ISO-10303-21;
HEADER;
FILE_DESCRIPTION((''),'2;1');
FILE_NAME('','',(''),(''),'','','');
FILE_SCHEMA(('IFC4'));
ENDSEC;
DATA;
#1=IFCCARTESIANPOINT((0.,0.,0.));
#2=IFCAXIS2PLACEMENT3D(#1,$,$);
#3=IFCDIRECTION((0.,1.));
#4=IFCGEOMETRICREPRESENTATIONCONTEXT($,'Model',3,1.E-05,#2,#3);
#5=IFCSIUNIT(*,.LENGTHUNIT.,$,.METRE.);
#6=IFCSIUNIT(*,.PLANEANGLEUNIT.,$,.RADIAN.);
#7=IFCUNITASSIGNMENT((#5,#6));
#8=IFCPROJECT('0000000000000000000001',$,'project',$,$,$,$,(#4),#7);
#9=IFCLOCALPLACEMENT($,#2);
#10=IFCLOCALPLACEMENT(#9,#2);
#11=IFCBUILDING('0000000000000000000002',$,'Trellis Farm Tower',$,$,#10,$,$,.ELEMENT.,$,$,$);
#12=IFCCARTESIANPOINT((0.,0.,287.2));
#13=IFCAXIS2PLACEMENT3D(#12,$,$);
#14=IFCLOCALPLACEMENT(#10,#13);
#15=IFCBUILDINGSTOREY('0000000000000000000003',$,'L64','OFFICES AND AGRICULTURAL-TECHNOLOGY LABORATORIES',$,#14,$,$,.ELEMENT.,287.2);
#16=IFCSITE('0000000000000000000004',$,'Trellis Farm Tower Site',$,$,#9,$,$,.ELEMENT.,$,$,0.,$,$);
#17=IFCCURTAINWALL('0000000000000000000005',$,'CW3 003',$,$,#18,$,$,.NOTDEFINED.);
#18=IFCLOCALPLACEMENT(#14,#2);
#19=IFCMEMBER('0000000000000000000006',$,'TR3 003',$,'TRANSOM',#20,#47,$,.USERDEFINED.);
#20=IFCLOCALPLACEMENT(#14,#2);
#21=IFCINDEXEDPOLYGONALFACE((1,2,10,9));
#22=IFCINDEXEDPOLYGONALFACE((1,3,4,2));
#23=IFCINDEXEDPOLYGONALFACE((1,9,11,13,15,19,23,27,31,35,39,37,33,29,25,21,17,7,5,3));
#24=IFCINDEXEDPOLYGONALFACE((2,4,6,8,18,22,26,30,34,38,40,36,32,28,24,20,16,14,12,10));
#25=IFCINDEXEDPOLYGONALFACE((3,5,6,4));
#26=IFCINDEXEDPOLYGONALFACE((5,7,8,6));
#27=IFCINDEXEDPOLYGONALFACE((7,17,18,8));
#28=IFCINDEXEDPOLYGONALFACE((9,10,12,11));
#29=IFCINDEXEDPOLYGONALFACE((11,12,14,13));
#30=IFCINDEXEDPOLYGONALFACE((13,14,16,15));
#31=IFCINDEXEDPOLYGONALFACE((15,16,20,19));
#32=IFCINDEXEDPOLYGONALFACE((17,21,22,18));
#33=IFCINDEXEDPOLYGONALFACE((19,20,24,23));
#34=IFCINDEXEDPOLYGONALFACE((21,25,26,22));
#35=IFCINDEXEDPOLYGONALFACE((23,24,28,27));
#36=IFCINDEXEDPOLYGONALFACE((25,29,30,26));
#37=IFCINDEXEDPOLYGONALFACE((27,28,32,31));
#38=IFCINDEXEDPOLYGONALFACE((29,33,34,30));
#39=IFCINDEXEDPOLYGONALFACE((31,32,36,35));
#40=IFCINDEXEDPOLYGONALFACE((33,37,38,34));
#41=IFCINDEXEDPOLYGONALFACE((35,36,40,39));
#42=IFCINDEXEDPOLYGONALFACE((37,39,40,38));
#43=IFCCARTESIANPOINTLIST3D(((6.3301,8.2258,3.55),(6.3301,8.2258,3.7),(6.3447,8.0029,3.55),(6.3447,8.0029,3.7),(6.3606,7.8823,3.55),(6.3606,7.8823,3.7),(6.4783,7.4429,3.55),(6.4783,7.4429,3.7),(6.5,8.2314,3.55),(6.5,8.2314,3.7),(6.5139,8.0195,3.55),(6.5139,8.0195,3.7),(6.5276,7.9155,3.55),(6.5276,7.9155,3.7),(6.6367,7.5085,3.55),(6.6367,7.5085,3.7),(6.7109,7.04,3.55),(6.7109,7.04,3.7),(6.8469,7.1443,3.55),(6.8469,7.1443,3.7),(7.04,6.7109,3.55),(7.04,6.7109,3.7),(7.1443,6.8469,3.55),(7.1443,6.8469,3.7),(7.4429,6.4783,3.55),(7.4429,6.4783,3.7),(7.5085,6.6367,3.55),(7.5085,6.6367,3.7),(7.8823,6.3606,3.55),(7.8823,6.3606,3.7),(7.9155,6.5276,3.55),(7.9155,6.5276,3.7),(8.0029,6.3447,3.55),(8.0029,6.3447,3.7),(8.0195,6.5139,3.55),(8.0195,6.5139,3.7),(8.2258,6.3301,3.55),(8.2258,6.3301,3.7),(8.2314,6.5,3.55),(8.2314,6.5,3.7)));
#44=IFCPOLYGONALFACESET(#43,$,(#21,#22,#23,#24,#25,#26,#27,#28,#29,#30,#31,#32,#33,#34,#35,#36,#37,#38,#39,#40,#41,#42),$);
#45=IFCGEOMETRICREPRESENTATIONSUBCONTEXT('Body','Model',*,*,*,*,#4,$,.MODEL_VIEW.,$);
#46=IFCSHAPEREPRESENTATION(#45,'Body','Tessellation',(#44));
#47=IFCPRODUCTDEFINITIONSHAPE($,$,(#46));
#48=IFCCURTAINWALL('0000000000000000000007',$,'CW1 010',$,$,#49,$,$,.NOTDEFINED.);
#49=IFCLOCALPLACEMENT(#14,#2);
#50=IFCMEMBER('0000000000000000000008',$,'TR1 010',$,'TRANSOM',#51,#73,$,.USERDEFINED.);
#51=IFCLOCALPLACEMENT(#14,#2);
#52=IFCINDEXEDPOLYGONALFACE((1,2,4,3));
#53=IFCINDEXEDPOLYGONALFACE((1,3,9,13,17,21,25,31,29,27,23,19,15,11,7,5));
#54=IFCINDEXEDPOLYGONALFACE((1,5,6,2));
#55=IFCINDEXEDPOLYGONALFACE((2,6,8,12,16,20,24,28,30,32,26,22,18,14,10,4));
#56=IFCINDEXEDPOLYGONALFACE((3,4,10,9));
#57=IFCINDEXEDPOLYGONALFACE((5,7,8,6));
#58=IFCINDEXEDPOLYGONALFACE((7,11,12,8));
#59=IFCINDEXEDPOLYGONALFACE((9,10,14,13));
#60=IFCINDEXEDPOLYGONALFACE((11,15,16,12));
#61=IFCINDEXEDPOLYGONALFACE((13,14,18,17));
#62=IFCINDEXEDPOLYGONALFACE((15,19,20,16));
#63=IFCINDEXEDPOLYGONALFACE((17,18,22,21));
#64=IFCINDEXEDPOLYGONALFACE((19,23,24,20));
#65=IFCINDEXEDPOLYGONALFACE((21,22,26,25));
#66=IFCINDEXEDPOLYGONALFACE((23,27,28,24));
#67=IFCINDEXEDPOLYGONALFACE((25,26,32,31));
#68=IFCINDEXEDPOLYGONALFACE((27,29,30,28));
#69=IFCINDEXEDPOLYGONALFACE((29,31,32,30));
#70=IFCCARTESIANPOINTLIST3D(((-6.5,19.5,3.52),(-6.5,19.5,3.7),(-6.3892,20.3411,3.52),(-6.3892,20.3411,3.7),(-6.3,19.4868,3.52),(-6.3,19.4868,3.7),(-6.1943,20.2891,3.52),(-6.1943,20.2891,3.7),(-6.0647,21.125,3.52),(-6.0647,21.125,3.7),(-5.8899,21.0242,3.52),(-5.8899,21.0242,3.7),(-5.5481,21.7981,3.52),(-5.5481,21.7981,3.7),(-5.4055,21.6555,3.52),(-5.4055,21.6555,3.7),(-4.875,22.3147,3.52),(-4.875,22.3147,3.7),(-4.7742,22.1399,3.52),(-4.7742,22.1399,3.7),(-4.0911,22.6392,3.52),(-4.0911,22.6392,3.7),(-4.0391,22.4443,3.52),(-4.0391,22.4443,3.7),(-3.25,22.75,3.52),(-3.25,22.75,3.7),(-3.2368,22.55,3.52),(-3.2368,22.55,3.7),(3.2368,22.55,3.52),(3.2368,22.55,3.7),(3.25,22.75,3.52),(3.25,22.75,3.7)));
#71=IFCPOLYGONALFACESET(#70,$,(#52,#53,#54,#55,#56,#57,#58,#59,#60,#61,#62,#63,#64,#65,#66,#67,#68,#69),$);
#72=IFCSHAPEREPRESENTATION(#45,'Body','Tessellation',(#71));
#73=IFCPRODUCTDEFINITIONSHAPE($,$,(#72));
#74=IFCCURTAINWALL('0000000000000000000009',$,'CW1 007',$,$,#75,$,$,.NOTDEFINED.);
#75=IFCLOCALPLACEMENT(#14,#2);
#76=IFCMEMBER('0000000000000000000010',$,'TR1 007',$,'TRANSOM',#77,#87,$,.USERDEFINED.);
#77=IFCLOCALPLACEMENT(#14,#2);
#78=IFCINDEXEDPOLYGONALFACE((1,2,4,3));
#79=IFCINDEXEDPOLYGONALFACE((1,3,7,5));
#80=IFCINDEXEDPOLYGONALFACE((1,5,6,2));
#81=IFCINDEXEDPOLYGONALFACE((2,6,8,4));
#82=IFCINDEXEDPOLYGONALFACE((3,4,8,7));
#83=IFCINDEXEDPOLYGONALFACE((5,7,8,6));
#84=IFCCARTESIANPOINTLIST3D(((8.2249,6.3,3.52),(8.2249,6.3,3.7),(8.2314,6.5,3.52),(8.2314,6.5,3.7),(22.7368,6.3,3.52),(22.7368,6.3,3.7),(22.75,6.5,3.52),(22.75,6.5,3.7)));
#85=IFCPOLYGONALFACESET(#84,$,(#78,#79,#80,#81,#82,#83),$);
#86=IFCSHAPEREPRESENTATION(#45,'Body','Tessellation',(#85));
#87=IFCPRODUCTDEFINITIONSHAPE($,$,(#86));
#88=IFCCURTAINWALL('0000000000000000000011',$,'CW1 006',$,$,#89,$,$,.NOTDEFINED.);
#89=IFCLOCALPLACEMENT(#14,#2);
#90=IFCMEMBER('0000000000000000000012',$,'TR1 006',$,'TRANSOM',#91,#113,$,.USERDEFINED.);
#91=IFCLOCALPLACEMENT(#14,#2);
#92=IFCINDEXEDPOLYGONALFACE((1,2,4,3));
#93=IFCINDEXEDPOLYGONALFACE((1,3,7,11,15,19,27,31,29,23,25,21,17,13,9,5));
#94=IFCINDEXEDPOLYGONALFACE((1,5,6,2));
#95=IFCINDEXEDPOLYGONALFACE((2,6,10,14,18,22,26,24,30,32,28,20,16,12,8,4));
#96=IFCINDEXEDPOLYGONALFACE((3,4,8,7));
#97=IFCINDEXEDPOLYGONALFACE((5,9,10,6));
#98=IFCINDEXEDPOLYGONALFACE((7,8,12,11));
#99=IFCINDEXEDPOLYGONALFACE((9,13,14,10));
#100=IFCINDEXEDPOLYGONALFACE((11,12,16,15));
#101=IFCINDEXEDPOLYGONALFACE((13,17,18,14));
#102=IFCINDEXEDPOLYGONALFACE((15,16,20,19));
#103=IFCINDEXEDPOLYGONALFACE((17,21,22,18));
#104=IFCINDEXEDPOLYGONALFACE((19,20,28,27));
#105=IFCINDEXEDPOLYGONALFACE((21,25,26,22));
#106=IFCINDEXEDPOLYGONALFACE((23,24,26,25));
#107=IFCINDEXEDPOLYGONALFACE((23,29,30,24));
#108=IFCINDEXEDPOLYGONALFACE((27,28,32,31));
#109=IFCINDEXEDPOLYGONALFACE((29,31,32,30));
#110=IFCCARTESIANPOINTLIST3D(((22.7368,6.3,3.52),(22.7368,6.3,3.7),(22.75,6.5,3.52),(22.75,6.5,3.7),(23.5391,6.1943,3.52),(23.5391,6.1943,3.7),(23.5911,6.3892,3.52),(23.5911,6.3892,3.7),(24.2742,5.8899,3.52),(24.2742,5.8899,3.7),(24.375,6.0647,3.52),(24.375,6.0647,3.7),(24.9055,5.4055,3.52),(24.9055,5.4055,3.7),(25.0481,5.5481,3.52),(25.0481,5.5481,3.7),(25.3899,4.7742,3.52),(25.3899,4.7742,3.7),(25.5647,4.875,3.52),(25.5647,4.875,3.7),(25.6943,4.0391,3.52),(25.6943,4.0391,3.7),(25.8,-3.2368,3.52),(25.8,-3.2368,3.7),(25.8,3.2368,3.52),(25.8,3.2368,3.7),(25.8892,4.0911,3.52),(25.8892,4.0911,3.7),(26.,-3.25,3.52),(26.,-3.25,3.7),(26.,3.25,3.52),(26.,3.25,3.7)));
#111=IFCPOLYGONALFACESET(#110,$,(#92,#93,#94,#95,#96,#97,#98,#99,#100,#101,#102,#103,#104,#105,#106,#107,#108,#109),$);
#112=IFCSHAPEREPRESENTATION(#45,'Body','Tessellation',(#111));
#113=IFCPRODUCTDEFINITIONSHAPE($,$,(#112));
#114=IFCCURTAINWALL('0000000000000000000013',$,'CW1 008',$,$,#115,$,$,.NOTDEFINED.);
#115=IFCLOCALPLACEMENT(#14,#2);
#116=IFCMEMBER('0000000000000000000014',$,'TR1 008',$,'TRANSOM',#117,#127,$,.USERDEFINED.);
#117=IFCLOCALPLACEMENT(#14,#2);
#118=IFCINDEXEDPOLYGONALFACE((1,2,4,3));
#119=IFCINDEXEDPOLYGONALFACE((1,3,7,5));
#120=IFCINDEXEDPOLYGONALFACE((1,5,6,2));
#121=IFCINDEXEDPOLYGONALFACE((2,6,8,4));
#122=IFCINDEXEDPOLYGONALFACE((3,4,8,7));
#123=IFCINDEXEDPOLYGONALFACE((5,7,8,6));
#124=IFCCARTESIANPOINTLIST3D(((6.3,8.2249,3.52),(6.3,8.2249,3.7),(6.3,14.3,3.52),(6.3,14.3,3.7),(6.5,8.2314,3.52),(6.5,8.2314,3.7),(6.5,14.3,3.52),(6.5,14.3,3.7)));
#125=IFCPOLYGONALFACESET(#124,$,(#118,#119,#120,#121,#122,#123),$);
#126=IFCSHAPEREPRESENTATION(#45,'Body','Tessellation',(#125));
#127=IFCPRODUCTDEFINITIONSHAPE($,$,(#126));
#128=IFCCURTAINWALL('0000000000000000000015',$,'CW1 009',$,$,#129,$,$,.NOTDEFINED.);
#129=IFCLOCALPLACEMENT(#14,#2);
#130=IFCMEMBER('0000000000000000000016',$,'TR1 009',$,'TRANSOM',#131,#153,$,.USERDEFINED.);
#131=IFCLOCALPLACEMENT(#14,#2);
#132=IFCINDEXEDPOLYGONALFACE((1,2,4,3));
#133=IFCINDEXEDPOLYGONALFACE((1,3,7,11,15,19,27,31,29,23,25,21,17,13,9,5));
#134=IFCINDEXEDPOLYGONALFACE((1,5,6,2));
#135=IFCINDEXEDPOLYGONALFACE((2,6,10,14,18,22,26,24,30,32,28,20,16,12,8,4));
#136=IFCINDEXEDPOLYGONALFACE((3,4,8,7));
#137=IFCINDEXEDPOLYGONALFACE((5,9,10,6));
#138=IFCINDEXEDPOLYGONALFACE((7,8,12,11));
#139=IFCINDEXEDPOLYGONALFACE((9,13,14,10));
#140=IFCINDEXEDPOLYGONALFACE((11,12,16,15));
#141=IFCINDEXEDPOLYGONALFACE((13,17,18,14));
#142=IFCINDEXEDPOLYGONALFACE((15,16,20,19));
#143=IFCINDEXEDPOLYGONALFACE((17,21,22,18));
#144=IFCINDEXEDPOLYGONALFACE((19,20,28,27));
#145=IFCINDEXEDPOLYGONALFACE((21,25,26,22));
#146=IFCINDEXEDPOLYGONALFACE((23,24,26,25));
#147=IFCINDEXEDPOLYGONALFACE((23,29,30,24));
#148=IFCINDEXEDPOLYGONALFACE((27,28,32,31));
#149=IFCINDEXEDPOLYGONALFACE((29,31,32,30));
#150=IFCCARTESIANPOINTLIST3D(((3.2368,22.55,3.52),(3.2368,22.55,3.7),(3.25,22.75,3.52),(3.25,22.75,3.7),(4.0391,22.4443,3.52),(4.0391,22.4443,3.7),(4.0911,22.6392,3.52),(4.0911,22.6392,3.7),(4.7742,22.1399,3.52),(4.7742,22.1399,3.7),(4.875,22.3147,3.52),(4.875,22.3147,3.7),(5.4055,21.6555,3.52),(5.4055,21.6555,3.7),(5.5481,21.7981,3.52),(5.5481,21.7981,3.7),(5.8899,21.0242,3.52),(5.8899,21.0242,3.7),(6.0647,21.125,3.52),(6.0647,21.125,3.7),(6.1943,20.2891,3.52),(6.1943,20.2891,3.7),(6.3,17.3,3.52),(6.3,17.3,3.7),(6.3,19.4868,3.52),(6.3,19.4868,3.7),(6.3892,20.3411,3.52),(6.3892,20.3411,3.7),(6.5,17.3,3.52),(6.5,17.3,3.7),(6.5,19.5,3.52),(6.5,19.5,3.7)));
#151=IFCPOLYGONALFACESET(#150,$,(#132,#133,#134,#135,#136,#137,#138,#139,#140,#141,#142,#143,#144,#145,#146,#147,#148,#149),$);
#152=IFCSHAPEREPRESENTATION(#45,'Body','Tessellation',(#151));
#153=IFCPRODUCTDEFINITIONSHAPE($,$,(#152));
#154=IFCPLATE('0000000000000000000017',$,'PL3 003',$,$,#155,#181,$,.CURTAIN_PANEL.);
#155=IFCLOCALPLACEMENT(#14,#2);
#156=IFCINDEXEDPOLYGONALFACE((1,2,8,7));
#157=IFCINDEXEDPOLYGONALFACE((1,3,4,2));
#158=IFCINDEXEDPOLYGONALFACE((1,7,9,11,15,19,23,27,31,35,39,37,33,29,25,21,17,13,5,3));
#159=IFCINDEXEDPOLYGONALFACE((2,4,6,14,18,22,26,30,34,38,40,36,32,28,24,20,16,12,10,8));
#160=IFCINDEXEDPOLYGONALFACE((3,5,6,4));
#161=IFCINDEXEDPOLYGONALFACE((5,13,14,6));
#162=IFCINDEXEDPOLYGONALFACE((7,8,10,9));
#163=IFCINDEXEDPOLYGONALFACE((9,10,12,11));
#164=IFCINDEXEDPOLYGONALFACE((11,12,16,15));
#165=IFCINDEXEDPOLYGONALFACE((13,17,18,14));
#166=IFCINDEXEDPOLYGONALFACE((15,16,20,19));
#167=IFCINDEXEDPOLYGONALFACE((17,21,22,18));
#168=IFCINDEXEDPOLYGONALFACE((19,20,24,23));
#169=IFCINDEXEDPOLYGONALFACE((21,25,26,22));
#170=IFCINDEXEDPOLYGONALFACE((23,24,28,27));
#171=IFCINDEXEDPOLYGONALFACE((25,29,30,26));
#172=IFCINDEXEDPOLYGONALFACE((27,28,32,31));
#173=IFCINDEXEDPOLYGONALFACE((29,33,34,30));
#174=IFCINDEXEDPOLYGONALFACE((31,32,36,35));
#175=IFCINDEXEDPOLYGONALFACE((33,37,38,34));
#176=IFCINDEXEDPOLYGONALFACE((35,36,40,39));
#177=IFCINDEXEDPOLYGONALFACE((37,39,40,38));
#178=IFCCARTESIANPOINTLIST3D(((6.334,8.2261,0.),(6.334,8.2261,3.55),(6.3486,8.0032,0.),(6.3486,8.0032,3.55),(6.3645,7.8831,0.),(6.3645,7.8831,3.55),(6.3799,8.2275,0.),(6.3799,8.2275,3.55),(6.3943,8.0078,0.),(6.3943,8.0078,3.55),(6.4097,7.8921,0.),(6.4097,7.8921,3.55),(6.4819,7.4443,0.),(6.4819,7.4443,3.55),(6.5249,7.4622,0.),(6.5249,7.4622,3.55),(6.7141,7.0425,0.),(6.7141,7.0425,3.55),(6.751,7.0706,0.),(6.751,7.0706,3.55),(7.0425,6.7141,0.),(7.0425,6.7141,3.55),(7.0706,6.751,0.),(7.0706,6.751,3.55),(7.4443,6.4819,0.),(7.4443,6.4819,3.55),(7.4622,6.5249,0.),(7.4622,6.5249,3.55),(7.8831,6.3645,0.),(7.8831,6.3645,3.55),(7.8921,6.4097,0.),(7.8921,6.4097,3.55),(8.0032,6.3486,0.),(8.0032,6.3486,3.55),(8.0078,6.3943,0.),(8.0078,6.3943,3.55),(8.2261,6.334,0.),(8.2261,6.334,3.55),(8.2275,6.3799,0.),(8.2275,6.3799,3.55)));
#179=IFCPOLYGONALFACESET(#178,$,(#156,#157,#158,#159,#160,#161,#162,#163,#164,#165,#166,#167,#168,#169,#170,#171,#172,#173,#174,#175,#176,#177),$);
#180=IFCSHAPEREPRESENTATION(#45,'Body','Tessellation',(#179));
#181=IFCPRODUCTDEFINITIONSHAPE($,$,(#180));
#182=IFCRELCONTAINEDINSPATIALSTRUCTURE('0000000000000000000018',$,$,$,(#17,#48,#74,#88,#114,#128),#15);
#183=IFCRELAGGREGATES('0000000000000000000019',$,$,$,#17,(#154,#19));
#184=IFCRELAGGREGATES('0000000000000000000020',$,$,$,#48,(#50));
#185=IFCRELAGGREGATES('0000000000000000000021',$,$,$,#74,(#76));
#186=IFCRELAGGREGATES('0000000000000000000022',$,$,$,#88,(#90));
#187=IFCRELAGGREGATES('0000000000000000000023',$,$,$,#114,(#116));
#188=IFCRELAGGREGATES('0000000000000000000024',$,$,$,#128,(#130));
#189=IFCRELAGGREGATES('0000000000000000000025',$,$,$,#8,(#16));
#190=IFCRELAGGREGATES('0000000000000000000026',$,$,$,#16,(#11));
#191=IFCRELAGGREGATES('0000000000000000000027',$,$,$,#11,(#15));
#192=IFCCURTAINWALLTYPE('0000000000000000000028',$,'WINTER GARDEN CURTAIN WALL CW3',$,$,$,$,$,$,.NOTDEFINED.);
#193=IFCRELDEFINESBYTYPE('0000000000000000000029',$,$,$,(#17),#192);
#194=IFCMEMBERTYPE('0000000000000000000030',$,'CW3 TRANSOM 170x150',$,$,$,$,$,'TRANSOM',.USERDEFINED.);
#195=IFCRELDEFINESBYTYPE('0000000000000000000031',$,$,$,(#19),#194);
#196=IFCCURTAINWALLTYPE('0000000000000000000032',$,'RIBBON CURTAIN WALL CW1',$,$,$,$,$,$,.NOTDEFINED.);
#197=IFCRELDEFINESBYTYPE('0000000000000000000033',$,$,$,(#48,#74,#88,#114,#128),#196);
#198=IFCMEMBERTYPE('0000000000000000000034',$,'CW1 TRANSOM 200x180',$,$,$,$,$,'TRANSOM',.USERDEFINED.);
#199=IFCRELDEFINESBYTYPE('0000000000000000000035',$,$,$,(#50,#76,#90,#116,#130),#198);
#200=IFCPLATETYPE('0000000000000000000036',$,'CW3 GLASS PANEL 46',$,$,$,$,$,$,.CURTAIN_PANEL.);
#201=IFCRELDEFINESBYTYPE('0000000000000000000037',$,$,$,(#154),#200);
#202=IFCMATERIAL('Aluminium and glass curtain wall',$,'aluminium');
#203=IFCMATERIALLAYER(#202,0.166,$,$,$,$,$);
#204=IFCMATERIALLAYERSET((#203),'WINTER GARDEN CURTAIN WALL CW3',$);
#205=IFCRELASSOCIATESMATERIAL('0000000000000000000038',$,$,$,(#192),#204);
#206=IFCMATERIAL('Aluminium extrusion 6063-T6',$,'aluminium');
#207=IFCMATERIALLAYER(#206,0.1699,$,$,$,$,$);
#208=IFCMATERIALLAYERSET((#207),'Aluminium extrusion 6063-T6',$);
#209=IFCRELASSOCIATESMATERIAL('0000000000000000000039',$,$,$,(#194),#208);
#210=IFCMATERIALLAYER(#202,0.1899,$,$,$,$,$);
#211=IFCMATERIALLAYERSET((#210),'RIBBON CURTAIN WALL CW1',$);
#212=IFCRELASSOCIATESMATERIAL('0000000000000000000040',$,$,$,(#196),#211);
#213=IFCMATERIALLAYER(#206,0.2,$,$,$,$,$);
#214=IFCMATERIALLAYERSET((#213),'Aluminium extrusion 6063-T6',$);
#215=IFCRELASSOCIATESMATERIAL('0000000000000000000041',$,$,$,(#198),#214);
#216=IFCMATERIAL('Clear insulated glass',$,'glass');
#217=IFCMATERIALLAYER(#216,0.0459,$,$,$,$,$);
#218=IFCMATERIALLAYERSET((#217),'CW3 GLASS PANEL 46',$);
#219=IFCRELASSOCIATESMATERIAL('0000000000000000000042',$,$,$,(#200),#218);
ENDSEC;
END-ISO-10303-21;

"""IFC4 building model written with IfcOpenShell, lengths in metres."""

from ifc_helpers import new_model, si_unit, direction, frame, origin, place, context, subcontext, project, spatial, polyline, outline, extrude, source, transform, mapped, material, layer, layer_set, type_object, element, aggregate, save


model = new_model("IFC4")

# Units and contexts
model_context = context("Model", 3, precision=1e-05, world=origin(), true_north=direction((0.0, 1.0)))
body_context = subcontext(model_context, "Body", "Model", "MODEL_VIEW")
ifc_project = project(units=[si_unit("LENGTHUNIT", "METRE"), si_unit("PLANEANGLEUNIT", "RADIAN")], contexts=[model_context])

# Site, building, storey
site_placement = place(None, origin())
site = spatial("IfcSite", under=ifc_project, at=site_placement, Name="Trellis Farm Tower Site", CompositionType="ELEMENT", RefElevation=0.0)
building_placement = place(site_placement, origin())
building = spatial("IfcBuilding", under=site, at=building_placement, Name="Trellis Farm Tower", CompositionType="ELEMENT")
storey_placement = place(building_placement, frame((0.0, 0.0, 287.2)))
storey = spatial("IfcBuildingStorey", under=building, at=storey_placement, Name="L64", Description="OFFICES AND AGRICULTURAL-TECHNOLOGY LABORATORIES", CompositionType="ELEMENT", Elevation=287.2)

# Curtain walls, members
ifc_material_1 = material(Name="Aluminium and glass curtain wall", Category="aluminium")
ifc_layer_1 = layer(ifc_material_1, 0.166)
ifc_layer_set_1 = layer_set([ifc_layer_1], Name="WINTER GARDEN CURTAIN WALL CW3")
curtain_wall_type_1 = type_object("IfcCurtainWallType", Name="WINTER GARDEN CURTAIN WALL CW3", PredefinedType="NOTDEFINED", material=ifc_layer_set_1)
placement_1 = place(storey_placement, origin())
curtain_wall_1 = element("IfcCurtainWall", 1, at=placement_1, inside=storey, type_object=curtain_wall_type_1, Name="CW3 003", PredefinedType="NOTDEFINED")
ifc_material_2 = material(Name="Aluminium extrusion 6063-T6", Category="aluminium")
ifc_layer_2 = layer(ifc_material_2, 0.1699)
ifc_layer_set_2 = layer_set([ifc_layer_2], Name="Aluminium extrusion 6063-T6")
member_type_1 = type_object("IfcMemberType", Name="CW3 TRANSOM 170x150", ElementType="TRANSOM", PredefinedType="USERDEFINED", material=ifc_layer_set_2)
shared_shape_1 = source(origin(), body_context, "Body", "SweptSolid", [
    extrude(outline(polyline([(8.2314, 6.5), (8.0195, 6.5139), (7.9155, 6.5276), (7.5085, 6.6367), (7.1443, 6.8469), (6.8469, 7.1443), (6.6367, 7.5085), (6.5276, 7.9155), (6.5139, 8.0195), (6.5, 8.2314), (6.3301, 8.2258), (6.3447, 8.0029), (6.3606, 7.8823), (6.4783, 7.4429), (6.7109, 7.04), (7.04, 6.7109), (7.4429, 6.4783), (7.8823, 6.3606), (8.0029, 6.3447), (8.2258, 6.3301), (8.2314, 6.5)])), origin(), (0.0, 0.0, 1.0), 0.1499),
])
member_1_placement = place(storey_placement, frame((0.0, 0.0, 3.55)))
member_1 = element("IfcMember", 2, at=member_1_placement, type_object=member_type_1, Name="TR3 003", ObjectType="TRANSOM", PredefinedType="USERDEFINED", context=body_context, shape_type="MappedRepresentation", body=[
    mapped(shared_shape_1, transform((0.0, 0.0, 0.0))),
])
ifc_layer_3 = layer(ifc_material_1, 0.1899)
ifc_layer_set_3 = layer_set([ifc_layer_3], Name="RIBBON CURTAIN WALL CW1")
curtain_wall_type_2 = type_object("IfcCurtainWallType", Name="RIBBON CURTAIN WALL CW1", PredefinedType="NOTDEFINED", material=ifc_layer_set_3)
curtain_wall_2 = element("IfcCurtainWall", 3, at=placement_1, inside=storey, type_object=curtain_wall_type_2, Name="CW1 010", PredefinedType="NOTDEFINED")
ifc_layer_4 = layer(ifc_material_2, 0.2)
ifc_layer_set_4 = layer_set([ifc_layer_4], Name="Aluminium extrusion 6063-T6")
member_type_2 = type_object("IfcMemberType", Name="CW1 TRANSOM 200x180", ElementType="TRANSOM", PredefinedType="USERDEFINED", material=ifc_layer_set_4)
shared_shape_2 = source(origin(), body_context, "Body", "SweptSolid", [
    extrude(outline(polyline([(3.25, 22.75), (-3.25, 22.75), (-4.0911, 22.6392), (-4.875, 22.3147), (-5.5481, 21.7981), (-6.0647, 21.125), (-6.3892, 20.3411), (-6.5, 19.5), (-6.3, 19.4868), (-6.1943, 20.2891), (-5.8899, 21.0242), (-5.4055, 21.6555), (-4.7742, 22.1399), (-4.0391, 22.4443), (-3.2368, 22.55), (3.2368, 22.55), (3.25, 22.75)])), origin(), (0.0, 0.0, 1.0), 0.1799),
])
placement_2 = place(storey_placement, frame((0.0, 0.0, 3.52)))
member_2 = element("IfcMember", 4, at=placement_2, type_object=member_type_2, Name="TR1 010", ObjectType="TRANSOM", PredefinedType="USERDEFINED", context=body_context, shape_type="MappedRepresentation", body=[
    mapped(shared_shape_2, transform((0.0, 0.0, 0.0))),
])
curtain_wall_3 = element("IfcCurtainWall", 5, at=placement_1, inside=storey, type_object=curtain_wall_type_2, Name="CW1 007", PredefinedType="NOTDEFINED")
shared_shape_3 = source(origin(), body_context, "Body", "SweptSolid", [
    extrude(outline(polyline([(22.75, 6.5), (8.2314, 6.5), (8.2249, 6.3), (22.7368, 6.3), (22.75, 6.5)])), origin(), (0.0, 0.0, 1.0), 0.1799),
])
member_3 = element("IfcMember", 6, at=placement_2, type_object=member_type_2, Name="TR1 007", ObjectType="TRANSOM", PredefinedType="USERDEFINED", context=body_context, shape_type="MappedRepresentation", body=[
    mapped(shared_shape_3, transform((0.0, 0.0, 0.0))),
])
curtain_wall_4 = element("IfcCurtainWall", 7, at=placement_1, inside=storey, type_object=curtain_wall_type_2, Name="CW1 006", PredefinedType="NOTDEFINED")
shared_shape_4 = source(origin(), body_context, "Body", "SweptSolid", [
    extrude(outline(polyline([(26.0, -3.25), (26.0, 3.25), (25.8892, 4.0911), (25.5647, 4.875), (25.0481, 5.5481), (24.375, 6.0647), (23.5911, 6.3892), (22.75, 6.5), (22.7368, 6.3), (23.5391, 6.1943), (24.2742, 5.8899), (24.9055, 5.4055), (25.3899, 4.7742), (25.6943, 4.0391), (25.8, 3.2368), (25.8, -3.2368), (26.0, -3.25)])), origin(), (0.0, 0.0, 1.0), 0.1799),
])
member_4 = element("IfcMember", 8, at=placement_2, type_object=member_type_2, Name="TR1 006", ObjectType="TRANSOM", PredefinedType="USERDEFINED", context=body_context, shape_type="MappedRepresentation", body=[
    mapped(shared_shape_4, transform((0.0, 0.0, 0.0))),
])
curtain_wall_5 = element("IfcCurtainWall", 9, at=placement_1, inside=storey, type_object=curtain_wall_type_2, Name="CW1 008", PredefinedType="NOTDEFINED")
shared_shape_5 = source(origin(), body_context, "Body", "SweptSolid", [
    extrude(outline(polyline([(6.5, 8.2314), (6.5, 14.3), (6.3, 14.3), (6.3, 8.2249), (6.5, 8.2314)])), origin(), (0.0, 0.0, 1.0), 0.1799),
])
member_5 = element("IfcMember", 10, at=placement_2, type_object=member_type_2, Name="TR1 008", ObjectType="TRANSOM", PredefinedType="USERDEFINED", context=body_context, shape_type="MappedRepresentation", body=[
    mapped(shared_shape_5, transform((0.0, 0.0, 0.0))),
])
curtain_wall_6 = element("IfcCurtainWall", 11, at=placement_1, inside=storey, type_object=curtain_wall_type_2, Name="CW1 009", PredefinedType="NOTDEFINED")
shared_shape_6 = source(origin(), body_context, "Body", "SweptSolid", [
    extrude(outline(polyline([(6.5, 17.3), (6.5, 19.5), (6.3892, 20.3411), (6.0647, 21.125), (5.5481, 21.7981), (4.875, 22.3147), (4.0911, 22.6392), (3.25, 22.75), (3.2368, 22.55), (4.0391, 22.4443), (4.7742, 22.1399), (5.4055, 21.6555), (5.8899, 21.0242), (6.1943, 20.2891), (6.3, 19.4868), (6.3, 17.3), (6.5, 17.3)])), origin(), (0.0, 0.0, 1.0), 0.1799),
])
member_6 = element("IfcMember", 12, at=placement_2, type_object=member_type_2, Name="TR1 009", ObjectType="TRANSOM", PredefinedType="USERDEFINED", context=body_context, shape_type="MappedRepresentation", body=[
    mapped(shared_shape_6, transform((0.0, 0.0, 0.0))),
])

# Plate
ifc_material_3 = material(Name="Clear insulated glass", Category="glass")
ifc_layer_5 = layer(ifc_material_3, 0.0459)
ifc_layer_set_5 = layer_set([ifc_layer_5], Name="CW3 GLASS PANEL 46")
plate_type_1 = type_object("IfcPlateType", Name="CW3 GLASS PANEL 46", PredefinedType="CURTAIN_PANEL", material=ifc_layer_set_5)
shared_shape_7 = source(origin(), body_context, "Body", "SweptSolid", [
    extrude(outline(polyline([(8.2275, 6.3799), (8.0078, 6.3943), (7.8921, 6.4097), (7.4622, 6.5249), (7.0706, 6.751), (6.751, 7.0706), (6.5249, 7.4622), (6.4097, 7.8921), (6.3943, 8.0078), (6.3799, 8.2275), (6.334, 8.2261), (6.3486, 8.0032), (6.3645, 7.8831), (6.4819, 7.4443), (6.7141, 7.0425), (7.0425, 6.7141), (7.4443, 6.4819), (7.8831, 6.3645), (8.0032, 6.3486), (8.2261, 6.334), (8.2275, 6.3799)])), origin(), (0.0, 0.0, 1.0), 3.55),
])
plate_1 = element("IfcPlate", 13, at=placement_1, type_object=plate_type_1, Name="PL3 003", PredefinedType="CURTAIN_PANEL", context=body_context, shape_type="MappedRepresentation", body=[
    mapped(shared_shape_7, transform((0.0, 0.0, 0.0))),
])
aggregate(curtain_wall_1, [plate_1, member_1])

aggregate(curtain_wall_2, [member_2])
aggregate(curtain_wall_3, [member_3])
aggregate(curtain_wall_4, [member_4])
aggregate(curtain_wall_5, [member_5])
aggregate(curtain_wall_6, [member_6])

save(model, "model.ifc")
